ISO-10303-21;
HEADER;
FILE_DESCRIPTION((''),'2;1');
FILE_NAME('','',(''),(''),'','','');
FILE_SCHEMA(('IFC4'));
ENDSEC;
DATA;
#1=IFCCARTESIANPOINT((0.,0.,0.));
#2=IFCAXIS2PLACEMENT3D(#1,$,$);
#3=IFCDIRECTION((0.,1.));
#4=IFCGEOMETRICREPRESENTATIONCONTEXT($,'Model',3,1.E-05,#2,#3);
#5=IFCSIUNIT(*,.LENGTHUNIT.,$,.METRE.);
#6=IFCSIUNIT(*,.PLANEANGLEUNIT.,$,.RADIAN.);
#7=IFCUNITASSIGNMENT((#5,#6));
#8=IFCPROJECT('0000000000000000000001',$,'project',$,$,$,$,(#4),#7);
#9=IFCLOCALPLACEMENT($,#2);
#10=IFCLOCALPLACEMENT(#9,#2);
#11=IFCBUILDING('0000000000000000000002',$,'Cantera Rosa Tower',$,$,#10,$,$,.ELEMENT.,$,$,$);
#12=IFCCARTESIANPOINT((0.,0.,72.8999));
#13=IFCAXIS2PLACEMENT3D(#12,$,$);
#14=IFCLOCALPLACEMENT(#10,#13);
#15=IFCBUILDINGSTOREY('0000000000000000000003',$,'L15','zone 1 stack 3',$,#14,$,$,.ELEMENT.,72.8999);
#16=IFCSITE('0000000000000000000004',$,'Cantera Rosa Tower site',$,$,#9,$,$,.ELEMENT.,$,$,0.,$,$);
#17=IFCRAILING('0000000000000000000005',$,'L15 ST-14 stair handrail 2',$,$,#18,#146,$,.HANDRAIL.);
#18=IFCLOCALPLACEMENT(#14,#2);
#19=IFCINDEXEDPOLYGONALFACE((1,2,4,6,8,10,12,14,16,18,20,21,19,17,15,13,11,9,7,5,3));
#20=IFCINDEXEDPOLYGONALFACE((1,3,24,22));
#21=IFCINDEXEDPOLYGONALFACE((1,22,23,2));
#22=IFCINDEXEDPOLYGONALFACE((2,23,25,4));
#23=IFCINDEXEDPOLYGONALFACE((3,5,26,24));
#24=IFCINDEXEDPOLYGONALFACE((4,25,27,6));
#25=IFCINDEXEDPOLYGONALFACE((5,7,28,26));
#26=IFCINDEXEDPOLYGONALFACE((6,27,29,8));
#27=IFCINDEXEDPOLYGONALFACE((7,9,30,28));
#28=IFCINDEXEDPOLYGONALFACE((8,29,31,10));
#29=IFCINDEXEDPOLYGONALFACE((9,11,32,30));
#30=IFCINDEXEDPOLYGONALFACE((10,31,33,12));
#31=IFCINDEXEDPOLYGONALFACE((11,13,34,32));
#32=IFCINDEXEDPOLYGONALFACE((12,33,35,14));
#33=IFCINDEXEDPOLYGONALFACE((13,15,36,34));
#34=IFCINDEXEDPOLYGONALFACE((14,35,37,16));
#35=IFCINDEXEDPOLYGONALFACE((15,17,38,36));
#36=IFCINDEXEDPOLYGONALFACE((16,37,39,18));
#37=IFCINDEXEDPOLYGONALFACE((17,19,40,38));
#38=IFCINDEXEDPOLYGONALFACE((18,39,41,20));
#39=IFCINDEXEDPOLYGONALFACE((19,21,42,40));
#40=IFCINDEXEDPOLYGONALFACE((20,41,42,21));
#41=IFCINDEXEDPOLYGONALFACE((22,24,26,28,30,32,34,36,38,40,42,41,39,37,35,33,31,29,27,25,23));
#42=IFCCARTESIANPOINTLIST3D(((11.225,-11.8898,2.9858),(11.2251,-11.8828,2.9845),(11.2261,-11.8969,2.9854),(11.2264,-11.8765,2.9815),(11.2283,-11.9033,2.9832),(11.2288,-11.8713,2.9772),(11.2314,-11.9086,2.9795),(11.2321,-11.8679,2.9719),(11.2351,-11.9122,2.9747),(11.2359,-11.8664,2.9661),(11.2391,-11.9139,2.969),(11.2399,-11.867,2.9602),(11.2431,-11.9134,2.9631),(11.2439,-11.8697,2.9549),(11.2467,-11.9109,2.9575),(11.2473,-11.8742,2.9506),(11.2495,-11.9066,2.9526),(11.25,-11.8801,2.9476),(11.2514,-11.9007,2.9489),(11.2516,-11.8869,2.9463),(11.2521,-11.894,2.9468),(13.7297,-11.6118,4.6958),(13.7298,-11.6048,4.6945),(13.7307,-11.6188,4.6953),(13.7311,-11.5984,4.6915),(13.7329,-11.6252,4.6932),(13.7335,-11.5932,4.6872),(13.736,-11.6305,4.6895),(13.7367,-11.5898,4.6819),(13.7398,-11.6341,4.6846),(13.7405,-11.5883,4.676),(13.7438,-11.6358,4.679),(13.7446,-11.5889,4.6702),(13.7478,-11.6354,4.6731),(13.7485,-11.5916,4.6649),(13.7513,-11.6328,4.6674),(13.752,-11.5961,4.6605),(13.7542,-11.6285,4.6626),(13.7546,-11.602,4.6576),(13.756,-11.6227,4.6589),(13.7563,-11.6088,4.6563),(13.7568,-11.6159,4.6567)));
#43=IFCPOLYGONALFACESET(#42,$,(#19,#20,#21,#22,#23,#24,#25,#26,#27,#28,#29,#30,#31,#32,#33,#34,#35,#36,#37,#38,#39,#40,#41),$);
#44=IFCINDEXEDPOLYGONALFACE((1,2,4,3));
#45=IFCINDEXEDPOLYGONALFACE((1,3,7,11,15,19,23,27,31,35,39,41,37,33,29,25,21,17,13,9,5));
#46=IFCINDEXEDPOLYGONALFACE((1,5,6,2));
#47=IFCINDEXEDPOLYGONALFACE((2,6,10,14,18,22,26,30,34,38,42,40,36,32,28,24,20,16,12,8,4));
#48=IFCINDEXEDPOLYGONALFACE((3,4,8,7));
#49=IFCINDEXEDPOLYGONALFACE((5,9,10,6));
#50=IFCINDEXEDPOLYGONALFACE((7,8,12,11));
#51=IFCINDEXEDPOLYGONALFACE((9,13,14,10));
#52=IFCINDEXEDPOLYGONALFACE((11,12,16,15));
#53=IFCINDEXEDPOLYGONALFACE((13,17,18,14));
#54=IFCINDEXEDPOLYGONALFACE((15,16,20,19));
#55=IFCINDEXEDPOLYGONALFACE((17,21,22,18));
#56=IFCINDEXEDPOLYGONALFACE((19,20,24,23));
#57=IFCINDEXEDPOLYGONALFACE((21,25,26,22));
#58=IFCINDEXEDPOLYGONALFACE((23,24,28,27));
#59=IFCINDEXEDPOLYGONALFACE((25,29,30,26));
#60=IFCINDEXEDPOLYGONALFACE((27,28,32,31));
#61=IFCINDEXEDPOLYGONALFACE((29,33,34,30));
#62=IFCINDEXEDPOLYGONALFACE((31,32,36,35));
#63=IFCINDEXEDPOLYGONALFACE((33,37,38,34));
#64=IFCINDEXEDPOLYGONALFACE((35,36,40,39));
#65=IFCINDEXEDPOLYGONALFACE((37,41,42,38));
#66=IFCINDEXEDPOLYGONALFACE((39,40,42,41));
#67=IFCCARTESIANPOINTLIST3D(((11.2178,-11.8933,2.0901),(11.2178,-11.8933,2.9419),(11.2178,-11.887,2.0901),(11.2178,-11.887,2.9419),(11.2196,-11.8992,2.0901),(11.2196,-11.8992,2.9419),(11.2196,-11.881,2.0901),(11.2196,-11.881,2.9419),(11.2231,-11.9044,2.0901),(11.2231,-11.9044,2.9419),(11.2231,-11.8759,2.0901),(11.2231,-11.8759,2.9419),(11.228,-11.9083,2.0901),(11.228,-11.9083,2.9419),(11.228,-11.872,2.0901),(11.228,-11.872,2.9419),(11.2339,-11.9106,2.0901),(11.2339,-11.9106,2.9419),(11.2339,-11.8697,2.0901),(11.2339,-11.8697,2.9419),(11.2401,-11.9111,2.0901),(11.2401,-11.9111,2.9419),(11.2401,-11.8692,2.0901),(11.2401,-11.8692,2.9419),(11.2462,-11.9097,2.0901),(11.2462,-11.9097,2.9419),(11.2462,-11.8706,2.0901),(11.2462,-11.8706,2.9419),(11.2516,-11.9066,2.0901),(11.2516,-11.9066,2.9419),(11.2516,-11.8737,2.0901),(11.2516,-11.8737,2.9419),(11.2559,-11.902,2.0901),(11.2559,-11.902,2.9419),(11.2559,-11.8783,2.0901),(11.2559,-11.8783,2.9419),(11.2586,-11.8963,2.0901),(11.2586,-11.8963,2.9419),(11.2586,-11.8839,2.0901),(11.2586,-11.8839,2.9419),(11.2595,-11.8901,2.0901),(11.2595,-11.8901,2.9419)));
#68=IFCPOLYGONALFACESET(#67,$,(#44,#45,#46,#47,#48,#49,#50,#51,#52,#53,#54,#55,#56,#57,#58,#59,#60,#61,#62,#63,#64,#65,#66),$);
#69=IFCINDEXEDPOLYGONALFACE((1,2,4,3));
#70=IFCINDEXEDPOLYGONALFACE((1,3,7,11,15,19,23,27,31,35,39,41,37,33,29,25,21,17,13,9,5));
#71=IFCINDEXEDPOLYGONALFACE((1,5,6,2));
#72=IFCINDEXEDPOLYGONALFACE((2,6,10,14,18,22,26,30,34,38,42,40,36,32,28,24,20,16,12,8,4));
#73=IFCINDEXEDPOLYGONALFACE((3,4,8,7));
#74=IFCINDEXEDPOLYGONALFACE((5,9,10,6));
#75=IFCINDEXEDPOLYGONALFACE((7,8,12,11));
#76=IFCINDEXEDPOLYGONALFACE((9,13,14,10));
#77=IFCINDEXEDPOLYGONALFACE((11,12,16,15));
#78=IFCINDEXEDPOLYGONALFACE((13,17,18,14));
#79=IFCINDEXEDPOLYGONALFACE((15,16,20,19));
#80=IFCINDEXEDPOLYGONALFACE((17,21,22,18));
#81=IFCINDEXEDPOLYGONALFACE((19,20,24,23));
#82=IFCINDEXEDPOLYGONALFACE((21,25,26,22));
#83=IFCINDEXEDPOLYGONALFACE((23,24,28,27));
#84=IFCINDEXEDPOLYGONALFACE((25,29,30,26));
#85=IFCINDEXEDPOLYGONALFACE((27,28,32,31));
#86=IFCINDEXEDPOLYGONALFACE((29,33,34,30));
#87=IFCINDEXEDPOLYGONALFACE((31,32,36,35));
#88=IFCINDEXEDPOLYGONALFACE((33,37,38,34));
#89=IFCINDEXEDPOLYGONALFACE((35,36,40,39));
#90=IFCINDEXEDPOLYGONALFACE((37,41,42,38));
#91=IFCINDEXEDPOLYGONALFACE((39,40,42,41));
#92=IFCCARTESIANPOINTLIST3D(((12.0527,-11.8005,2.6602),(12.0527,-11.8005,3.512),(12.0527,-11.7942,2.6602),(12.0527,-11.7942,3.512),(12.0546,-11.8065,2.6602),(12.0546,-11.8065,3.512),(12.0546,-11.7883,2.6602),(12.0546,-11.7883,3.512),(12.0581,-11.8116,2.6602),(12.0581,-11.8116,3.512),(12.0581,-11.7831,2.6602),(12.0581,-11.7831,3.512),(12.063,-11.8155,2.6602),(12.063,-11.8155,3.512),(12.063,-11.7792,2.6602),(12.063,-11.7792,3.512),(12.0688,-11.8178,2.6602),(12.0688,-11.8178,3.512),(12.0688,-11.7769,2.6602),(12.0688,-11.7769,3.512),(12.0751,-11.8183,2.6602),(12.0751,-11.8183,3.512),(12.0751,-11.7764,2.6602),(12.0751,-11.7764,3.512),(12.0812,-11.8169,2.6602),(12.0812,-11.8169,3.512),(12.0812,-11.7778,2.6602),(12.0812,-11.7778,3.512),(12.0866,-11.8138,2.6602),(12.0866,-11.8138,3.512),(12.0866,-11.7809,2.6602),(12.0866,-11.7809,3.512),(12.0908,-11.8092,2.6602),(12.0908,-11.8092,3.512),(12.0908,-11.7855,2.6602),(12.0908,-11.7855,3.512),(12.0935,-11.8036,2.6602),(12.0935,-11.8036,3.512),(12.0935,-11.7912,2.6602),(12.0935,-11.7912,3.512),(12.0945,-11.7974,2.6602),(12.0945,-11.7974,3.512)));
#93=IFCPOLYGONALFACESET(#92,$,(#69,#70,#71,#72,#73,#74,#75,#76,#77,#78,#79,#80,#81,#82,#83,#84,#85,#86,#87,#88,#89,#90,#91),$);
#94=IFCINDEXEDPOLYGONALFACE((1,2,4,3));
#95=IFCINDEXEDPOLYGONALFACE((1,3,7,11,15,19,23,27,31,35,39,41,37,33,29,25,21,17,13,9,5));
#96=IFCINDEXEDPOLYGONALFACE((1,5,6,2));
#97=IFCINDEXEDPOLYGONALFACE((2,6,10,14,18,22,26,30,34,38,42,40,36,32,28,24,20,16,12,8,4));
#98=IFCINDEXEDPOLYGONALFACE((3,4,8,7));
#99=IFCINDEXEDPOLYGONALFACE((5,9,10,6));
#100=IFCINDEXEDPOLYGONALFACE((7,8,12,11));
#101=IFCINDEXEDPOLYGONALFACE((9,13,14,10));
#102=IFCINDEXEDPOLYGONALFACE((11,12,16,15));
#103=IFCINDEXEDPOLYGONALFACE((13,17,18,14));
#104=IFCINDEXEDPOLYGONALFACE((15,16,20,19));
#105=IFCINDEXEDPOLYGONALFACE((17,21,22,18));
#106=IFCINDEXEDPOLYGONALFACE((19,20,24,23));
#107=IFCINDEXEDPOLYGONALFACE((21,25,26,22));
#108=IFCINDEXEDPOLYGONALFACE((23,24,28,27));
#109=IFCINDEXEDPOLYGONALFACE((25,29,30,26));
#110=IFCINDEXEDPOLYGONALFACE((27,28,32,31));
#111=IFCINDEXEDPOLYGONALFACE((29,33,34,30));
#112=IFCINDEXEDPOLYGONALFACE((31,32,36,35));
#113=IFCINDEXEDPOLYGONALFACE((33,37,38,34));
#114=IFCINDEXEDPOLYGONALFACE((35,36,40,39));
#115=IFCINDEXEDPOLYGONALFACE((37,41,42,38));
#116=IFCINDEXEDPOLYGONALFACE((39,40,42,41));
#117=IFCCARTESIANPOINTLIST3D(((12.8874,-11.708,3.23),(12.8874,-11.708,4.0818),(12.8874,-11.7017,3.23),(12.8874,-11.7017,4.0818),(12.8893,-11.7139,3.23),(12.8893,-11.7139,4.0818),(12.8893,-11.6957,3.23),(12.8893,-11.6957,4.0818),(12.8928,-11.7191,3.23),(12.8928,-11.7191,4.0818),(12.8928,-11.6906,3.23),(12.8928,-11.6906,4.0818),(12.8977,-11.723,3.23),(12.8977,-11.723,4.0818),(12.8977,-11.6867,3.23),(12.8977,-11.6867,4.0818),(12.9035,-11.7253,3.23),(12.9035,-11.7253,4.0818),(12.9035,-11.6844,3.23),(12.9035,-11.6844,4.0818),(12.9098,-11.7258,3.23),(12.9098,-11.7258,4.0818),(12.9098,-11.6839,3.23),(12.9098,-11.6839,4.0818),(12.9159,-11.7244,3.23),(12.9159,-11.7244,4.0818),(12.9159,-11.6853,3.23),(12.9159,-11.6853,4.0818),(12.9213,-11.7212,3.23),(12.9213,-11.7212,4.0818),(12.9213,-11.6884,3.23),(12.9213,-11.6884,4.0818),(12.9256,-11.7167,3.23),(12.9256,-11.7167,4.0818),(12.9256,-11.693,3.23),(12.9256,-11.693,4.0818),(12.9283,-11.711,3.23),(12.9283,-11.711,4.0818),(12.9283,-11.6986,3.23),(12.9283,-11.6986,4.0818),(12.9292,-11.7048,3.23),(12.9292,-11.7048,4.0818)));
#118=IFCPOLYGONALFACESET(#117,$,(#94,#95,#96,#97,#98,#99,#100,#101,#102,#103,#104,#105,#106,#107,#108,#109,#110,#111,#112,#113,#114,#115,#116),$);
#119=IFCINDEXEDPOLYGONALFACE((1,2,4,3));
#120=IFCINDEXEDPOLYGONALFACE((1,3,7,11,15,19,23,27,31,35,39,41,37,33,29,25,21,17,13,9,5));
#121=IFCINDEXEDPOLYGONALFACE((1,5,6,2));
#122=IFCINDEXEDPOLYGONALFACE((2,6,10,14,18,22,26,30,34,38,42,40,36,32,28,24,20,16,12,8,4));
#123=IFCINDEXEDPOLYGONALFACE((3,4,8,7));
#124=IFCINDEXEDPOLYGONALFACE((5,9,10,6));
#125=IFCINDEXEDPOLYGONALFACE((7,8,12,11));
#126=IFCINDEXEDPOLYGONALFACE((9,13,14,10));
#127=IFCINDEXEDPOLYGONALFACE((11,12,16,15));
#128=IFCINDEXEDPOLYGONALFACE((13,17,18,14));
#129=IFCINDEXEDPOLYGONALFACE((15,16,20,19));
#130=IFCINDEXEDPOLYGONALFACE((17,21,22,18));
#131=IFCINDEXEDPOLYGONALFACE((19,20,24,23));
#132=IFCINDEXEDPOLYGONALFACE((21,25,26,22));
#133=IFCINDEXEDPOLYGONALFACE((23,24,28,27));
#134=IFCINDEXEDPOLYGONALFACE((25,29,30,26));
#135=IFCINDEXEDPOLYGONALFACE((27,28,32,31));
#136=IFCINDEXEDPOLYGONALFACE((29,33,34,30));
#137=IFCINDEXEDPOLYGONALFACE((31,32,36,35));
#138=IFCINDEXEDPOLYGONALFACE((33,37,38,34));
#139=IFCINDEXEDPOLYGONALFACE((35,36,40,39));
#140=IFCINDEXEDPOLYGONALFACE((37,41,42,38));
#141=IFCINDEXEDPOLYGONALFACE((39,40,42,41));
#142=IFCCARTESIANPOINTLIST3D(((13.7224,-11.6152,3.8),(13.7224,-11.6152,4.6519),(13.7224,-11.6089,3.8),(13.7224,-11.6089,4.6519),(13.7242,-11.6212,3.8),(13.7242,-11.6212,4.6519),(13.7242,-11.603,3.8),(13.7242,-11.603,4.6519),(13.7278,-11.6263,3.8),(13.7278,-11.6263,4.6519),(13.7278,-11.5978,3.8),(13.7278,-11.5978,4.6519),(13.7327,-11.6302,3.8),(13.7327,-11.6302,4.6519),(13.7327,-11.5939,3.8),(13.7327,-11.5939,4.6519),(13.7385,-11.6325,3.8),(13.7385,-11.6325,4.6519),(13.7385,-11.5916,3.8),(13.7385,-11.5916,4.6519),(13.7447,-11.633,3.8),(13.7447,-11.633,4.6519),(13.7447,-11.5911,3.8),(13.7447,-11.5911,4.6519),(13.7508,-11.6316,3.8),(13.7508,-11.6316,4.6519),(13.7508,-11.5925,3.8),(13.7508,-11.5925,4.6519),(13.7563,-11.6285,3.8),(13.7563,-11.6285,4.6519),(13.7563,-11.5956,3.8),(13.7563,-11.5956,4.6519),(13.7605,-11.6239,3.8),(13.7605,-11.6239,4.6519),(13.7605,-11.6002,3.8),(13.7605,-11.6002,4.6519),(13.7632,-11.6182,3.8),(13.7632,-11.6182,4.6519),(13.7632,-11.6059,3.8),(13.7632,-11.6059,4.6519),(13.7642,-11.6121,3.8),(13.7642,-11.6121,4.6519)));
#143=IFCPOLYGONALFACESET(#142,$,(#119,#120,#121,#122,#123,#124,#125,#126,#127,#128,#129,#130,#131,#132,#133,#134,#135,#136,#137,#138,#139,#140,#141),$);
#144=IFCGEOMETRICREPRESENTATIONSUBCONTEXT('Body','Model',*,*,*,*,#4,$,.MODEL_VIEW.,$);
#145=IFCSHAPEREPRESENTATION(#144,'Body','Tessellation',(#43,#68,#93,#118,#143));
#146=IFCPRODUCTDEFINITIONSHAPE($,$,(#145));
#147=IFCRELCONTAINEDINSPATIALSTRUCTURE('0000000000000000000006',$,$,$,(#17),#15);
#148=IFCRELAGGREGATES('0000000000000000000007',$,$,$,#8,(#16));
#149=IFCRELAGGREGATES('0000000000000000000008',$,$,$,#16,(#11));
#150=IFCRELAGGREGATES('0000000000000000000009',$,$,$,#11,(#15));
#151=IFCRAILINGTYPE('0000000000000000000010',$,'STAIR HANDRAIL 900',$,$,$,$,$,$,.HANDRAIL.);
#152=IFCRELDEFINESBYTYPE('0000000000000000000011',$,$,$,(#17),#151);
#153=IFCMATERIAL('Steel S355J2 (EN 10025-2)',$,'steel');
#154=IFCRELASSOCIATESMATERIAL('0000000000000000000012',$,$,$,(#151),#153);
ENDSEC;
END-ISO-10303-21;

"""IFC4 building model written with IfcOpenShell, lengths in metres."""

from ifc_helpers import new_model, si_unit, direction, frame, origin, origin_2d, place, context, subcontext, project, spatial, circle, extrude, material, type_object, element, save


model = new_model("IFC4")

# Units and contexts
model_context = context("Model", 3, precision=1e-05, world=origin(), true_north=direction((0.0, 1.0)))
body_context = subcontext(model_context, "Body", "Model", "MODEL_VIEW")
ifc_project = project(units=[si_unit("LENGTHUNIT", "METRE"), si_unit("PLANEANGLEUNIT", "RADIAN")], contexts=[model_context])

# Site, building, storey
site_placement = place(None, origin())
site = spatial("IfcSite", under=ifc_project, at=site_placement, Name="Cantera Rosa Tower site", CompositionType="ELEMENT", RefElevation=0.0)
building_placement = place(site_placement, origin())
building = spatial("IfcBuilding", under=site, at=building_placement, Name="Cantera Rosa Tower", CompositionType="ELEMENT")
storey_placement = place(building_placement, frame((0.0, 0.0, 72.8999)))
storey = spatial("IfcBuildingStorey", under=building, at=storey_placement, Name="L15", Description="zone 1 stack 3", CompositionType="ELEMENT", Elevation=72.8999)

# Railing
ifc_material_1 = material(Name="Steel S355J2 (EN 10025-2)", Category="steel")
railing_type_1 = type_object("IfcRailingType", Name="STAIR HANDRAIL 900", PredefinedType="HANDRAIL", material=ifc_material_1)
railing_1_placement = place(storey_placement, frame((11.2385, -11.8901, 2.0901)))
element("IfcRailing", 1, at=railing_1_placement, inside=storey, type_object=railing_type_1, Name="L15 ST-14 stair handrail 2", PredefinedType="HANDRAIL", context=body_context, shape_type="SweptSolid", body=[
    extrude(circle(Radius=0.0239, at=origin_2d()), frame((0.0, 0.0, 0.876), z_axis=(0.822431, 0.09131, 0.561488), x_axis=(-0.110346, 0.993893, 0.0)), (0.0, 0.0, 1.0), 3.0454),
    extrude(circle(Radius=0.021, at=origin_2d()), origin(), (0.0, 0.0, 1.0), 0.8518),
    extrude(circle(Radius=0.021, at=origin_2d()), frame((0.835, 0.0928, 0.5701)), (0.0, 0.0, 1.0), 0.8518),
    extrude(circle(Radius=0.021, at=origin_2d()), frame((1.6697, 0.1853, 1.1399)), (0.0, 0.0, 1.0), 0.8518),
    extrude(circle(Radius=0.021, at=origin_2d()), frame((2.5046, 0.2781, 1.71)), (0.0, 0.0, 1.0), 0.8518),
])

save(model, "model.ifc")
